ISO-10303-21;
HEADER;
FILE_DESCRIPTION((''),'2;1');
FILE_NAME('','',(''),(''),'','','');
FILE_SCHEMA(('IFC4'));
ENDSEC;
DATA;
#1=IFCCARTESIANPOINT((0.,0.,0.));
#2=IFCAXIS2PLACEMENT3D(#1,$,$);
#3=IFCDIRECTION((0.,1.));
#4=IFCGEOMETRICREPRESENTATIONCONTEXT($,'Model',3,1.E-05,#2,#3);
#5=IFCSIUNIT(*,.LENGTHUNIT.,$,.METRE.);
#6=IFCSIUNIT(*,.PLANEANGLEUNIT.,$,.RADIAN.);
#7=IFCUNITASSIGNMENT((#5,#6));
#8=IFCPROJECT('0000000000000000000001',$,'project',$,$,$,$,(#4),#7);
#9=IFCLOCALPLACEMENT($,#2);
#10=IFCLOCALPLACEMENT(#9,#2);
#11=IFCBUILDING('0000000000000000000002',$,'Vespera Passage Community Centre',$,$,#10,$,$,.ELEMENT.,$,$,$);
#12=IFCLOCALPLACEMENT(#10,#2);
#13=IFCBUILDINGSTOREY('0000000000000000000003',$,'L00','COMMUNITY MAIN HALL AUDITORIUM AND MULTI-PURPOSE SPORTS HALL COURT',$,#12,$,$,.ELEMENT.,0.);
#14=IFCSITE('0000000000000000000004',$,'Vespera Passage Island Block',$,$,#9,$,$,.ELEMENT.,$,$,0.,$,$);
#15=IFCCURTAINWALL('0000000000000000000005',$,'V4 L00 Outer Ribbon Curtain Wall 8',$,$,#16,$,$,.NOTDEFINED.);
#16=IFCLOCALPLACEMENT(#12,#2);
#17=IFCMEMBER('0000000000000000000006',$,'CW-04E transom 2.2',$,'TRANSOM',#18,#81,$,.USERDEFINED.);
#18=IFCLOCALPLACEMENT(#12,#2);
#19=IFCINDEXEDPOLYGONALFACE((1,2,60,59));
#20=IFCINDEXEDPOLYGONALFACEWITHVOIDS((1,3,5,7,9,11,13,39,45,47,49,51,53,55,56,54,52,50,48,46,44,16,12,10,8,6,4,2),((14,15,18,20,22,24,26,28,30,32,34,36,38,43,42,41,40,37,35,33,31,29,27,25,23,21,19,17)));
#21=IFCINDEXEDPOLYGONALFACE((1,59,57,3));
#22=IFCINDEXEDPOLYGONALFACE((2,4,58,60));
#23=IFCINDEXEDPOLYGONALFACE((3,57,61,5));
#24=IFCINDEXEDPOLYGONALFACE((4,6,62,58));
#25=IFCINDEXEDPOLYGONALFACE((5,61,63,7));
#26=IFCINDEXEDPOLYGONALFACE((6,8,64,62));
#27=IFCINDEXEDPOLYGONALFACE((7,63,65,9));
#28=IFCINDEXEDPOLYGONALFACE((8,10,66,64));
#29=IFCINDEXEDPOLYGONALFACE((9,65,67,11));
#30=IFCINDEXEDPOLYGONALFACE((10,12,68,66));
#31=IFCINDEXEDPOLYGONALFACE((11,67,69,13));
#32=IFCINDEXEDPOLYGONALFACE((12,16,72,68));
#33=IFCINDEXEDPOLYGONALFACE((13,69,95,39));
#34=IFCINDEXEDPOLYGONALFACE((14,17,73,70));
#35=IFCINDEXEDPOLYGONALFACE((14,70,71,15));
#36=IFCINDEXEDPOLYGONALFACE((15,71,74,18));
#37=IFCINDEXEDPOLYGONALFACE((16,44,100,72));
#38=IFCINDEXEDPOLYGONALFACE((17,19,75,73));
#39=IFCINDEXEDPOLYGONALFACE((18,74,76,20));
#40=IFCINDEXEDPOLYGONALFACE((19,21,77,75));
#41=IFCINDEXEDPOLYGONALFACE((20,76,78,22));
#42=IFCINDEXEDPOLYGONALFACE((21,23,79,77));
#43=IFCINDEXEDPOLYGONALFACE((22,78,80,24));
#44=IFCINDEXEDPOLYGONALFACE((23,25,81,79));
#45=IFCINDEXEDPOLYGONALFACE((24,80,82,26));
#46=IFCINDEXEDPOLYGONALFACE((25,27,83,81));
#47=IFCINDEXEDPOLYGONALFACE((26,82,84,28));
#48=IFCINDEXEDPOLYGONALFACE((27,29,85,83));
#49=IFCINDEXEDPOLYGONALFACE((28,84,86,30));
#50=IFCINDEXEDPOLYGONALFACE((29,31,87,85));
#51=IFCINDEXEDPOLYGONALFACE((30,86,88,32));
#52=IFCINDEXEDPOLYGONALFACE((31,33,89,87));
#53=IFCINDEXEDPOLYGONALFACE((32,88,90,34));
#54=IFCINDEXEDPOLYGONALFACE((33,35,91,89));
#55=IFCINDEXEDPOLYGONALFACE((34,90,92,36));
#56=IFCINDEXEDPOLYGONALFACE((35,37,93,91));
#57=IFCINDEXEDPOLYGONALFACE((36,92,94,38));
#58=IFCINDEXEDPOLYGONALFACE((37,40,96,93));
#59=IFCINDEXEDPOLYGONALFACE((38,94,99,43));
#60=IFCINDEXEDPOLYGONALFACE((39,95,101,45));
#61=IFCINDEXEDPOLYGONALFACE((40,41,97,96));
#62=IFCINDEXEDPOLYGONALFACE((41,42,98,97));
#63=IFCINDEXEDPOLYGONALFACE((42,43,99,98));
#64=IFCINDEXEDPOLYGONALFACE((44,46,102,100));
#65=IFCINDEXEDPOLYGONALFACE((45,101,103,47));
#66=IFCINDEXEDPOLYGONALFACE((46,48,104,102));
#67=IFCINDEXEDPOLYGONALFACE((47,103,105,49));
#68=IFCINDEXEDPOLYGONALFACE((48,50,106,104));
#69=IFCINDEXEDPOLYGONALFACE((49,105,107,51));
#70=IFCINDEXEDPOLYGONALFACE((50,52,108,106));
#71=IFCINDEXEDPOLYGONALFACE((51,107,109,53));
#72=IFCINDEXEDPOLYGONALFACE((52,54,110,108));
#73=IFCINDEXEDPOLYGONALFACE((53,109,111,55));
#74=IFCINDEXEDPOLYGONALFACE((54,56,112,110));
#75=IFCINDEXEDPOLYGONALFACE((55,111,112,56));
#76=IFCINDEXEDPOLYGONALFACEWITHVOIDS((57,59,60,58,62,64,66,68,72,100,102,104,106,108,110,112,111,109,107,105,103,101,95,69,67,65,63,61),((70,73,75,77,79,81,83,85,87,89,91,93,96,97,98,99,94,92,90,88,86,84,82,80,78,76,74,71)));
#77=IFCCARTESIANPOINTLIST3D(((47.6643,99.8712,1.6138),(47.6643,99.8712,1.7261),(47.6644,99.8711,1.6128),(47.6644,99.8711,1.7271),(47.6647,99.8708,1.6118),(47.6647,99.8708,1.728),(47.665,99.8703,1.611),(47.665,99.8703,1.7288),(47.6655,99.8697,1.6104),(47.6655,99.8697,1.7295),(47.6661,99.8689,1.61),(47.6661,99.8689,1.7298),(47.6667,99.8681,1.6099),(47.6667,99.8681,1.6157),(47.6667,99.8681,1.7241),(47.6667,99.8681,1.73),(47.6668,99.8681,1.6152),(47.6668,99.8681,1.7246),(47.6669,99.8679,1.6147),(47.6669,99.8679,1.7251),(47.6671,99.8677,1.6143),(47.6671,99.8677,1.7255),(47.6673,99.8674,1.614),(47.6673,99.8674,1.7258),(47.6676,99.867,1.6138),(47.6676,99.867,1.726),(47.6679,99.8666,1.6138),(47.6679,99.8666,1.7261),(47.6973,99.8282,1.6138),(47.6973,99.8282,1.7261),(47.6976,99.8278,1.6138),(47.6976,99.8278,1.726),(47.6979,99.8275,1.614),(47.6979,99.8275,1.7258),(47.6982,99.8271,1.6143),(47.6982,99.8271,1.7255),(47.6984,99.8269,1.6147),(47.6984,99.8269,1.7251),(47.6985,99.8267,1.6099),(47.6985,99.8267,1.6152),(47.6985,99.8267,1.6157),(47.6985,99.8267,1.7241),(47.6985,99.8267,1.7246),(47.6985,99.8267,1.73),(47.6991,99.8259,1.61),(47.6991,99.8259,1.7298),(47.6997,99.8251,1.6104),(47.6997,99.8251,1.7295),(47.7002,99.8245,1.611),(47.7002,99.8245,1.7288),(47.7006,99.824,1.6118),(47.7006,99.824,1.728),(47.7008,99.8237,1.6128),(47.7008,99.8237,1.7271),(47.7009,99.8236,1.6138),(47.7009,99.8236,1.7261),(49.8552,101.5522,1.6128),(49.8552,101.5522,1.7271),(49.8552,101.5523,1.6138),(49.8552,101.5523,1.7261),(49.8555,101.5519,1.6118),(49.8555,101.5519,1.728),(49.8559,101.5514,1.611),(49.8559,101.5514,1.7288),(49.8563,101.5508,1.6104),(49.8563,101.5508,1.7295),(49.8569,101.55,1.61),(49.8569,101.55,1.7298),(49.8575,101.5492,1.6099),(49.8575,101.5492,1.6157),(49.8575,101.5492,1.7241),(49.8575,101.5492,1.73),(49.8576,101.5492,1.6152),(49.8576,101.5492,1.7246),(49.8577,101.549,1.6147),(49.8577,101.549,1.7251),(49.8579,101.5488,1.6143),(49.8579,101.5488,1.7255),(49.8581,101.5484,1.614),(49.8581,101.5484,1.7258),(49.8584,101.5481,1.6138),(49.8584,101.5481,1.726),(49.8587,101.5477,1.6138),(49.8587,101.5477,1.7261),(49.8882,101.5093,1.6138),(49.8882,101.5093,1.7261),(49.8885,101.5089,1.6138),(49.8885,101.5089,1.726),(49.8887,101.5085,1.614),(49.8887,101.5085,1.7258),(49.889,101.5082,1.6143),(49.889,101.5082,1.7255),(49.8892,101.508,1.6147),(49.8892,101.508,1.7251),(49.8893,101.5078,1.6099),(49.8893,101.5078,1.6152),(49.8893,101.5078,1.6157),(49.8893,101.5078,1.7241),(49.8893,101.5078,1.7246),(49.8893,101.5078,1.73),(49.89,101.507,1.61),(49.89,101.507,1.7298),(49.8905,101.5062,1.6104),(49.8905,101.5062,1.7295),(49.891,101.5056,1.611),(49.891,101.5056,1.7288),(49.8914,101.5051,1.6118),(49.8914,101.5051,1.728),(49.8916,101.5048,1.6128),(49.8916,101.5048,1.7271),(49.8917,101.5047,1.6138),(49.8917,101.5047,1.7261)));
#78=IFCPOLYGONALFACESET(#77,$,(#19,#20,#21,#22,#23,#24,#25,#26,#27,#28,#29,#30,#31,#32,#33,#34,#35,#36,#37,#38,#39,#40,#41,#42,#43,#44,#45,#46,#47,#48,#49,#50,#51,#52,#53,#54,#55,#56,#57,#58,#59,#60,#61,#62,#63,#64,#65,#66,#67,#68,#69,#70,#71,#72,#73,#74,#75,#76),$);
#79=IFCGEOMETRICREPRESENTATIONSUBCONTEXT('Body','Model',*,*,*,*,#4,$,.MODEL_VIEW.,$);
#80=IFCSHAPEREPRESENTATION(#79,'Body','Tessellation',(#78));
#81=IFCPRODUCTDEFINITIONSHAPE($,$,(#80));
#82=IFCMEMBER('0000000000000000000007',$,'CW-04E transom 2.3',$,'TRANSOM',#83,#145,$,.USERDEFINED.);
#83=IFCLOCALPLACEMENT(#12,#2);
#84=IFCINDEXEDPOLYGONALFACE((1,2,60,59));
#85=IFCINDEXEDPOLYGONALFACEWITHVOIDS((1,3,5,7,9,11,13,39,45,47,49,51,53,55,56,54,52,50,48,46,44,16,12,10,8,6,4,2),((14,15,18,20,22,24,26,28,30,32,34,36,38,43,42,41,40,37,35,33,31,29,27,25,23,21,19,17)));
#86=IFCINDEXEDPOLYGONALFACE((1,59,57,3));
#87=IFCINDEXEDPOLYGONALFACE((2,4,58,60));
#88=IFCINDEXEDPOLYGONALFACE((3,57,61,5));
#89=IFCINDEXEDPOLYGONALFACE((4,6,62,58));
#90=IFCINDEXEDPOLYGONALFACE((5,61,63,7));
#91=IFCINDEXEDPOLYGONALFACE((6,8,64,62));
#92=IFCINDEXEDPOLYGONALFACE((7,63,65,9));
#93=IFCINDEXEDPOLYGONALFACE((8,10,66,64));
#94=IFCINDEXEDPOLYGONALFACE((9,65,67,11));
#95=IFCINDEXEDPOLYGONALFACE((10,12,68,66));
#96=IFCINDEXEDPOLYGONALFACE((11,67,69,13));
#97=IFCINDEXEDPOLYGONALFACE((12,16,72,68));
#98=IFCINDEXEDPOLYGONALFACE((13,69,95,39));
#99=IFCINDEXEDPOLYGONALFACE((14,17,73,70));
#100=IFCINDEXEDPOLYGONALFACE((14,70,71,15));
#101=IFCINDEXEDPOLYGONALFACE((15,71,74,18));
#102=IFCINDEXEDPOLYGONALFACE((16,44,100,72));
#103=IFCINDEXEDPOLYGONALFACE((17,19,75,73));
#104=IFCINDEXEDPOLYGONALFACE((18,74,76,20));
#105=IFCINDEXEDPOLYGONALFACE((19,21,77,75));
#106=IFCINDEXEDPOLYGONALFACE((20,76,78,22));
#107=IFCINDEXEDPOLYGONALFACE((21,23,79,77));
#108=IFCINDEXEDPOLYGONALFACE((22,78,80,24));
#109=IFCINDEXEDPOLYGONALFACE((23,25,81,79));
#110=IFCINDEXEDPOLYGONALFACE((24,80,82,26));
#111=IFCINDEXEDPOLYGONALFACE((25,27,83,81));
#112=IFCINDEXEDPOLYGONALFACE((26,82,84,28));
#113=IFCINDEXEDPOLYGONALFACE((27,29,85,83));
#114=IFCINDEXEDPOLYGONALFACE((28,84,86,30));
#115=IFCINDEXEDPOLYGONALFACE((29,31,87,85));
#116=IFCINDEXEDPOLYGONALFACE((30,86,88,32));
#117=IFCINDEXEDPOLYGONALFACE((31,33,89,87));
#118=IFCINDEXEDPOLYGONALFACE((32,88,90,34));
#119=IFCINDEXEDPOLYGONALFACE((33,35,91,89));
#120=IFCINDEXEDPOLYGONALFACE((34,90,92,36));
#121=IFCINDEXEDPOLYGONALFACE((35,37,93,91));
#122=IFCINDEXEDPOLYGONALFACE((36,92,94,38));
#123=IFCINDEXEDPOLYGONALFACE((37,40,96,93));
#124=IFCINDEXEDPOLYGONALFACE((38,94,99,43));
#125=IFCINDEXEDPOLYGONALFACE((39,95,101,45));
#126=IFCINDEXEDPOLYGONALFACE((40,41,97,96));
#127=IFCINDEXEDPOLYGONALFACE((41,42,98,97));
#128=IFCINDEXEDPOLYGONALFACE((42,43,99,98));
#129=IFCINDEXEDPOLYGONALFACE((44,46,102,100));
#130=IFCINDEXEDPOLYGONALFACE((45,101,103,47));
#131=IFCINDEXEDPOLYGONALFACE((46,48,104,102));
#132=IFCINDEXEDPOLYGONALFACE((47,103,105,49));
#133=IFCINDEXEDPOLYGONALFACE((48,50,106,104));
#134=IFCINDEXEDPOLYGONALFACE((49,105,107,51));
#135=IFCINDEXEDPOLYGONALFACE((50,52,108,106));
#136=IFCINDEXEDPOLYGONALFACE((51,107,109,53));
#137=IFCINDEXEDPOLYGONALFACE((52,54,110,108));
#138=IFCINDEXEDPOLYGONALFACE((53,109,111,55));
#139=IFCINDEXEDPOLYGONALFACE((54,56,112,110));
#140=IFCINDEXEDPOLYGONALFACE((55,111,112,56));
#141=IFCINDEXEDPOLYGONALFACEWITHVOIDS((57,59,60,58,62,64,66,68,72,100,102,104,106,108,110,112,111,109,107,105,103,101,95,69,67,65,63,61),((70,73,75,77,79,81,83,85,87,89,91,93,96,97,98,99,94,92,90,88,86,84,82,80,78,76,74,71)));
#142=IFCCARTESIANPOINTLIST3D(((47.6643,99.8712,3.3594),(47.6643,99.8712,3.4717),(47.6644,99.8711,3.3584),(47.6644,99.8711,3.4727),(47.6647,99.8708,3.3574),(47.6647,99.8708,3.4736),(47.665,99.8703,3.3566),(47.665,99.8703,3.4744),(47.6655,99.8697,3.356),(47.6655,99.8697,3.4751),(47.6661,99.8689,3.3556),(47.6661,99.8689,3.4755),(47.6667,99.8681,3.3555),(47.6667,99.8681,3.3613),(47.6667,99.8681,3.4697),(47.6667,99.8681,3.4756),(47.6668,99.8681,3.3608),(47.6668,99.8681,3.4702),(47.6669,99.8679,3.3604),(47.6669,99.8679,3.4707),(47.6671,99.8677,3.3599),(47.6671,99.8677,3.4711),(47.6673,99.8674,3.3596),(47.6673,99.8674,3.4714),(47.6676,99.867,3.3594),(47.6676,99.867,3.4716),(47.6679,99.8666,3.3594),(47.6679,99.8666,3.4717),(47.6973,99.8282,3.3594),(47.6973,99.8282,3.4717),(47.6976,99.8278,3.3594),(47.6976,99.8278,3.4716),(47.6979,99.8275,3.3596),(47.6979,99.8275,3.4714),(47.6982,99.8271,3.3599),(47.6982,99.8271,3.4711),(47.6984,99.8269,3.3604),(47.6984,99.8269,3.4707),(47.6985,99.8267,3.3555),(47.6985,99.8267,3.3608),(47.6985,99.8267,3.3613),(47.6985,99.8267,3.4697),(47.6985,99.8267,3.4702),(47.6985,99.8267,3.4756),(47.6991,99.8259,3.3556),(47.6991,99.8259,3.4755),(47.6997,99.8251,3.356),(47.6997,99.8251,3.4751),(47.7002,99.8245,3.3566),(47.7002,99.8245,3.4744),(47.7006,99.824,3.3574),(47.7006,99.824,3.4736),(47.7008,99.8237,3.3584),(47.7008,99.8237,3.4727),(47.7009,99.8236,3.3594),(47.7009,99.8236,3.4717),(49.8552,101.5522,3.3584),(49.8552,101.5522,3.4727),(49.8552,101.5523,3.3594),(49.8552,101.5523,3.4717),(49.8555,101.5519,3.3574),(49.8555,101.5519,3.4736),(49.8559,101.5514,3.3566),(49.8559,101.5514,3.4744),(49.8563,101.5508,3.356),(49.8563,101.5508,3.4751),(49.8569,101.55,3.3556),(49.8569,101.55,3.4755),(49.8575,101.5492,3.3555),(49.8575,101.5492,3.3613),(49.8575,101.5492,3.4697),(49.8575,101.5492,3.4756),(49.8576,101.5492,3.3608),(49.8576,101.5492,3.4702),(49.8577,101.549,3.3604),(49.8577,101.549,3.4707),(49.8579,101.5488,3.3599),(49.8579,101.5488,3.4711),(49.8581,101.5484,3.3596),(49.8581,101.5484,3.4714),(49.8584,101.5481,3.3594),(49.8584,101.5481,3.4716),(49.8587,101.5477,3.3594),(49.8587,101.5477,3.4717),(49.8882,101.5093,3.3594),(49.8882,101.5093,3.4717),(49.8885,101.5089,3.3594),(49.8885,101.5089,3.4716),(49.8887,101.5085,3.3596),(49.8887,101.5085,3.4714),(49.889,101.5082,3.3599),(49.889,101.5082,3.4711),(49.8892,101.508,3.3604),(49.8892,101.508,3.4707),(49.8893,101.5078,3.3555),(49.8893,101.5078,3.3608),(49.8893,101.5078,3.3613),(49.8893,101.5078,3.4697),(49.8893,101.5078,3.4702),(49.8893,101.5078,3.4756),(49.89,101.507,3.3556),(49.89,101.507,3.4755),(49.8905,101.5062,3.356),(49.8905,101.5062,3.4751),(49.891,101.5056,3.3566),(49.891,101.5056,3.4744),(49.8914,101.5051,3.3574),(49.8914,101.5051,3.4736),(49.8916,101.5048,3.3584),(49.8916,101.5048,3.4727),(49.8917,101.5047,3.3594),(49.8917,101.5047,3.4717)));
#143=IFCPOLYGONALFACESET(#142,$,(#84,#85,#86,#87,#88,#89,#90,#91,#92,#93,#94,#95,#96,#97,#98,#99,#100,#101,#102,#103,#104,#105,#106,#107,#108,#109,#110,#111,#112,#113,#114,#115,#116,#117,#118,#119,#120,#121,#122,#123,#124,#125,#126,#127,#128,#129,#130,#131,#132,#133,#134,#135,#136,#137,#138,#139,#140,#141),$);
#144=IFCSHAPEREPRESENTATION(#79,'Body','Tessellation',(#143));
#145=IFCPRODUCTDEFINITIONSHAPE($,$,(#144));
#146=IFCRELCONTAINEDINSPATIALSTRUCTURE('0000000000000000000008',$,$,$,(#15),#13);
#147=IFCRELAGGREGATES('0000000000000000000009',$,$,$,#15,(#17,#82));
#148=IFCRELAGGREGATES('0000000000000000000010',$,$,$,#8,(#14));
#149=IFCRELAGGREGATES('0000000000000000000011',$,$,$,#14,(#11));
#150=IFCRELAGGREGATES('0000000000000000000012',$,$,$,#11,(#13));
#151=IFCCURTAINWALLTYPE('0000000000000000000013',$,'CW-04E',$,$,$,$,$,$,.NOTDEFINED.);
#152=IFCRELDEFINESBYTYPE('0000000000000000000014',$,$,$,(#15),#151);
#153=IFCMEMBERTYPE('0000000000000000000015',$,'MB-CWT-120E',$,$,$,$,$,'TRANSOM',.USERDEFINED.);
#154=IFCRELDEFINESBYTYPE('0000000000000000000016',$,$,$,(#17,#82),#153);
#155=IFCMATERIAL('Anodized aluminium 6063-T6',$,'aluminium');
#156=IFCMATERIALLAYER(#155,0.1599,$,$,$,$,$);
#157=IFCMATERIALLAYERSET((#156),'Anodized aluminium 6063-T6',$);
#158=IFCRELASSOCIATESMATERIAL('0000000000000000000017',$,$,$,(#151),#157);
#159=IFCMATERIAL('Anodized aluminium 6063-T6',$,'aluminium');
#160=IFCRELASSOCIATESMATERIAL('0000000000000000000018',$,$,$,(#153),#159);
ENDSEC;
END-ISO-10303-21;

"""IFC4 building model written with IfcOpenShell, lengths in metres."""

from ifc_helpers import new_model, si_unit, direction, frame, origin, origin_2d, place, context, subcontext, project, spatial, hollow_rectangle, extrude, material, layer, layer_set, material_profile, profile_set, type_object, element, aggregate, save


model = new_model("IFC4")

# Units and contexts
model_context = context("Model", 3, precision=1e-05, world=origin(), true_north=direction((0.0, 1.0)))
body_context = subcontext(model_context, "Body", "Model", "MODEL_VIEW")
ifc_project = project(units=[si_unit("LENGTHUNIT", "METRE"), si_unit("PLANEANGLEUNIT", "RADIAN")], contexts=[model_context])

# Site, building, storey
site_placement = place(None, origin())
site = spatial("IfcSite", under=ifc_project, at=site_placement, Name="Vespera Passage Island Block", CompositionType="ELEMENT", RefElevation=0.0)
building_placement = place(site_placement, origin())
building = spatial("IfcBuilding", under=site, at=building_placement, Name="Vespera Passage Community Centre", CompositionType="ELEMENT")
storey_placement = place(building_placement, origin())
storey = spatial("IfcBuildingStorey", under=building, at=storey_placement, Name="L00", Description="COMMUNITY MAIN HALL AUDITORIUM AND MULTI-PURPOSE SPORTS HALL COURT", CompositionType="ELEMENT", Elevation=0.0)

# Curtain wall
ifc_material_1 = material(Name="Anodized aluminium 6063-T6", Category="aluminium")
ifc_layer_1 = layer(ifc_material_1, 0.1599)
ifc_layer_set_1 = layer_set([ifc_layer_1], Name="Anodized aluminium 6063-T6")
curtain_wall_type_1 = type_object("IfcCurtainWallType", Name="CW-04E", PredefinedType="NOTDEFINED", material=ifc_layer_set_1)
curtain_wall_1_placement = place(storey_placement, origin())
curtain_wall_1 = element("IfcCurtainWall", 1, at=curtain_wall_1_placement, inside=storey, type_object=curtain_wall_type_1, Name="V4 L00 Outer Ribbon Curtain Wall 8", PredefinedType="NOTDEFINED")

# Members
ifc_material_2 = material(Name="Anodized aluminium 6063-T6", Category="aluminium")
ifc_material_profile_1 = material_profile(ifc_material_2, hollow_rectangle(XDim=0.0601, YDim=0.1201, WallThickness=0.0039, InnerFilletRadius=0.002, OuterFilletRadius=0.0039, at=origin_2d()), Name="ALU120X60X4")
ifc_profile_set_1 = profile_set([ifc_material_profile_1], Name="Anodized aluminium 6063-T6")
member_type_1 = type_object("IfcMemberType", Name="MB-CWT-120E", ElementType="TRANSOM", PredefinedType="USERDEFINED", material=ifc_profile_set_1)
member_1_placement = place(storey_placement, frame((47.6826, 99.8474, 1.6699), z_axis=(0.793353, 0.608762, 0.0), x_axis=(-0.608762, 0.793353, 0.0)))
member_1 = element("IfcMember", 2, at=member_1_placement, type_object=member_type_1, Name="CW-04E transom 2.2", ObjectType="TRANSOM", PredefinedType="USERDEFINED", context=body_context, shape_type="SweptSolid", body=[
    extrude(hollow_rectangle(XDim=0.0601, YDim=0.1201, WallThickness=0.0039, InnerFilletRadius=0.002, OuterFilletRadius=0.0039, at=origin_2d()), origin(), (0.0, 0.0, 1.0), 2.7615),
])
member_2_placement = place(storey_placement, frame((47.6826, 99.8474, 3.4155), z_axis=(0.793353, 0.608762, 0.0), x_axis=(-0.608762, 0.793353, 0.0)))
member_2 = element("IfcMember", 3, at=member_2_placement, type_object=member_type_1, Name="CW-04E transom 2.3", ObjectType="TRANSOM", PredefinedType="USERDEFINED", context=body_context, shape_type="SweptSolid", body=[
    extrude(hollow_rectangle(XDim=0.0601, YDim=0.1201, WallThickness=0.0039, InnerFilletRadius=0.002, OuterFilletRadius=0.0039, at=origin_2d()), origin(), (0.0, 0.0, 1.0), 2.7615),
])

aggregate(curtain_wall_1, [member_1, member_2])

save(model, "model.ifc")
